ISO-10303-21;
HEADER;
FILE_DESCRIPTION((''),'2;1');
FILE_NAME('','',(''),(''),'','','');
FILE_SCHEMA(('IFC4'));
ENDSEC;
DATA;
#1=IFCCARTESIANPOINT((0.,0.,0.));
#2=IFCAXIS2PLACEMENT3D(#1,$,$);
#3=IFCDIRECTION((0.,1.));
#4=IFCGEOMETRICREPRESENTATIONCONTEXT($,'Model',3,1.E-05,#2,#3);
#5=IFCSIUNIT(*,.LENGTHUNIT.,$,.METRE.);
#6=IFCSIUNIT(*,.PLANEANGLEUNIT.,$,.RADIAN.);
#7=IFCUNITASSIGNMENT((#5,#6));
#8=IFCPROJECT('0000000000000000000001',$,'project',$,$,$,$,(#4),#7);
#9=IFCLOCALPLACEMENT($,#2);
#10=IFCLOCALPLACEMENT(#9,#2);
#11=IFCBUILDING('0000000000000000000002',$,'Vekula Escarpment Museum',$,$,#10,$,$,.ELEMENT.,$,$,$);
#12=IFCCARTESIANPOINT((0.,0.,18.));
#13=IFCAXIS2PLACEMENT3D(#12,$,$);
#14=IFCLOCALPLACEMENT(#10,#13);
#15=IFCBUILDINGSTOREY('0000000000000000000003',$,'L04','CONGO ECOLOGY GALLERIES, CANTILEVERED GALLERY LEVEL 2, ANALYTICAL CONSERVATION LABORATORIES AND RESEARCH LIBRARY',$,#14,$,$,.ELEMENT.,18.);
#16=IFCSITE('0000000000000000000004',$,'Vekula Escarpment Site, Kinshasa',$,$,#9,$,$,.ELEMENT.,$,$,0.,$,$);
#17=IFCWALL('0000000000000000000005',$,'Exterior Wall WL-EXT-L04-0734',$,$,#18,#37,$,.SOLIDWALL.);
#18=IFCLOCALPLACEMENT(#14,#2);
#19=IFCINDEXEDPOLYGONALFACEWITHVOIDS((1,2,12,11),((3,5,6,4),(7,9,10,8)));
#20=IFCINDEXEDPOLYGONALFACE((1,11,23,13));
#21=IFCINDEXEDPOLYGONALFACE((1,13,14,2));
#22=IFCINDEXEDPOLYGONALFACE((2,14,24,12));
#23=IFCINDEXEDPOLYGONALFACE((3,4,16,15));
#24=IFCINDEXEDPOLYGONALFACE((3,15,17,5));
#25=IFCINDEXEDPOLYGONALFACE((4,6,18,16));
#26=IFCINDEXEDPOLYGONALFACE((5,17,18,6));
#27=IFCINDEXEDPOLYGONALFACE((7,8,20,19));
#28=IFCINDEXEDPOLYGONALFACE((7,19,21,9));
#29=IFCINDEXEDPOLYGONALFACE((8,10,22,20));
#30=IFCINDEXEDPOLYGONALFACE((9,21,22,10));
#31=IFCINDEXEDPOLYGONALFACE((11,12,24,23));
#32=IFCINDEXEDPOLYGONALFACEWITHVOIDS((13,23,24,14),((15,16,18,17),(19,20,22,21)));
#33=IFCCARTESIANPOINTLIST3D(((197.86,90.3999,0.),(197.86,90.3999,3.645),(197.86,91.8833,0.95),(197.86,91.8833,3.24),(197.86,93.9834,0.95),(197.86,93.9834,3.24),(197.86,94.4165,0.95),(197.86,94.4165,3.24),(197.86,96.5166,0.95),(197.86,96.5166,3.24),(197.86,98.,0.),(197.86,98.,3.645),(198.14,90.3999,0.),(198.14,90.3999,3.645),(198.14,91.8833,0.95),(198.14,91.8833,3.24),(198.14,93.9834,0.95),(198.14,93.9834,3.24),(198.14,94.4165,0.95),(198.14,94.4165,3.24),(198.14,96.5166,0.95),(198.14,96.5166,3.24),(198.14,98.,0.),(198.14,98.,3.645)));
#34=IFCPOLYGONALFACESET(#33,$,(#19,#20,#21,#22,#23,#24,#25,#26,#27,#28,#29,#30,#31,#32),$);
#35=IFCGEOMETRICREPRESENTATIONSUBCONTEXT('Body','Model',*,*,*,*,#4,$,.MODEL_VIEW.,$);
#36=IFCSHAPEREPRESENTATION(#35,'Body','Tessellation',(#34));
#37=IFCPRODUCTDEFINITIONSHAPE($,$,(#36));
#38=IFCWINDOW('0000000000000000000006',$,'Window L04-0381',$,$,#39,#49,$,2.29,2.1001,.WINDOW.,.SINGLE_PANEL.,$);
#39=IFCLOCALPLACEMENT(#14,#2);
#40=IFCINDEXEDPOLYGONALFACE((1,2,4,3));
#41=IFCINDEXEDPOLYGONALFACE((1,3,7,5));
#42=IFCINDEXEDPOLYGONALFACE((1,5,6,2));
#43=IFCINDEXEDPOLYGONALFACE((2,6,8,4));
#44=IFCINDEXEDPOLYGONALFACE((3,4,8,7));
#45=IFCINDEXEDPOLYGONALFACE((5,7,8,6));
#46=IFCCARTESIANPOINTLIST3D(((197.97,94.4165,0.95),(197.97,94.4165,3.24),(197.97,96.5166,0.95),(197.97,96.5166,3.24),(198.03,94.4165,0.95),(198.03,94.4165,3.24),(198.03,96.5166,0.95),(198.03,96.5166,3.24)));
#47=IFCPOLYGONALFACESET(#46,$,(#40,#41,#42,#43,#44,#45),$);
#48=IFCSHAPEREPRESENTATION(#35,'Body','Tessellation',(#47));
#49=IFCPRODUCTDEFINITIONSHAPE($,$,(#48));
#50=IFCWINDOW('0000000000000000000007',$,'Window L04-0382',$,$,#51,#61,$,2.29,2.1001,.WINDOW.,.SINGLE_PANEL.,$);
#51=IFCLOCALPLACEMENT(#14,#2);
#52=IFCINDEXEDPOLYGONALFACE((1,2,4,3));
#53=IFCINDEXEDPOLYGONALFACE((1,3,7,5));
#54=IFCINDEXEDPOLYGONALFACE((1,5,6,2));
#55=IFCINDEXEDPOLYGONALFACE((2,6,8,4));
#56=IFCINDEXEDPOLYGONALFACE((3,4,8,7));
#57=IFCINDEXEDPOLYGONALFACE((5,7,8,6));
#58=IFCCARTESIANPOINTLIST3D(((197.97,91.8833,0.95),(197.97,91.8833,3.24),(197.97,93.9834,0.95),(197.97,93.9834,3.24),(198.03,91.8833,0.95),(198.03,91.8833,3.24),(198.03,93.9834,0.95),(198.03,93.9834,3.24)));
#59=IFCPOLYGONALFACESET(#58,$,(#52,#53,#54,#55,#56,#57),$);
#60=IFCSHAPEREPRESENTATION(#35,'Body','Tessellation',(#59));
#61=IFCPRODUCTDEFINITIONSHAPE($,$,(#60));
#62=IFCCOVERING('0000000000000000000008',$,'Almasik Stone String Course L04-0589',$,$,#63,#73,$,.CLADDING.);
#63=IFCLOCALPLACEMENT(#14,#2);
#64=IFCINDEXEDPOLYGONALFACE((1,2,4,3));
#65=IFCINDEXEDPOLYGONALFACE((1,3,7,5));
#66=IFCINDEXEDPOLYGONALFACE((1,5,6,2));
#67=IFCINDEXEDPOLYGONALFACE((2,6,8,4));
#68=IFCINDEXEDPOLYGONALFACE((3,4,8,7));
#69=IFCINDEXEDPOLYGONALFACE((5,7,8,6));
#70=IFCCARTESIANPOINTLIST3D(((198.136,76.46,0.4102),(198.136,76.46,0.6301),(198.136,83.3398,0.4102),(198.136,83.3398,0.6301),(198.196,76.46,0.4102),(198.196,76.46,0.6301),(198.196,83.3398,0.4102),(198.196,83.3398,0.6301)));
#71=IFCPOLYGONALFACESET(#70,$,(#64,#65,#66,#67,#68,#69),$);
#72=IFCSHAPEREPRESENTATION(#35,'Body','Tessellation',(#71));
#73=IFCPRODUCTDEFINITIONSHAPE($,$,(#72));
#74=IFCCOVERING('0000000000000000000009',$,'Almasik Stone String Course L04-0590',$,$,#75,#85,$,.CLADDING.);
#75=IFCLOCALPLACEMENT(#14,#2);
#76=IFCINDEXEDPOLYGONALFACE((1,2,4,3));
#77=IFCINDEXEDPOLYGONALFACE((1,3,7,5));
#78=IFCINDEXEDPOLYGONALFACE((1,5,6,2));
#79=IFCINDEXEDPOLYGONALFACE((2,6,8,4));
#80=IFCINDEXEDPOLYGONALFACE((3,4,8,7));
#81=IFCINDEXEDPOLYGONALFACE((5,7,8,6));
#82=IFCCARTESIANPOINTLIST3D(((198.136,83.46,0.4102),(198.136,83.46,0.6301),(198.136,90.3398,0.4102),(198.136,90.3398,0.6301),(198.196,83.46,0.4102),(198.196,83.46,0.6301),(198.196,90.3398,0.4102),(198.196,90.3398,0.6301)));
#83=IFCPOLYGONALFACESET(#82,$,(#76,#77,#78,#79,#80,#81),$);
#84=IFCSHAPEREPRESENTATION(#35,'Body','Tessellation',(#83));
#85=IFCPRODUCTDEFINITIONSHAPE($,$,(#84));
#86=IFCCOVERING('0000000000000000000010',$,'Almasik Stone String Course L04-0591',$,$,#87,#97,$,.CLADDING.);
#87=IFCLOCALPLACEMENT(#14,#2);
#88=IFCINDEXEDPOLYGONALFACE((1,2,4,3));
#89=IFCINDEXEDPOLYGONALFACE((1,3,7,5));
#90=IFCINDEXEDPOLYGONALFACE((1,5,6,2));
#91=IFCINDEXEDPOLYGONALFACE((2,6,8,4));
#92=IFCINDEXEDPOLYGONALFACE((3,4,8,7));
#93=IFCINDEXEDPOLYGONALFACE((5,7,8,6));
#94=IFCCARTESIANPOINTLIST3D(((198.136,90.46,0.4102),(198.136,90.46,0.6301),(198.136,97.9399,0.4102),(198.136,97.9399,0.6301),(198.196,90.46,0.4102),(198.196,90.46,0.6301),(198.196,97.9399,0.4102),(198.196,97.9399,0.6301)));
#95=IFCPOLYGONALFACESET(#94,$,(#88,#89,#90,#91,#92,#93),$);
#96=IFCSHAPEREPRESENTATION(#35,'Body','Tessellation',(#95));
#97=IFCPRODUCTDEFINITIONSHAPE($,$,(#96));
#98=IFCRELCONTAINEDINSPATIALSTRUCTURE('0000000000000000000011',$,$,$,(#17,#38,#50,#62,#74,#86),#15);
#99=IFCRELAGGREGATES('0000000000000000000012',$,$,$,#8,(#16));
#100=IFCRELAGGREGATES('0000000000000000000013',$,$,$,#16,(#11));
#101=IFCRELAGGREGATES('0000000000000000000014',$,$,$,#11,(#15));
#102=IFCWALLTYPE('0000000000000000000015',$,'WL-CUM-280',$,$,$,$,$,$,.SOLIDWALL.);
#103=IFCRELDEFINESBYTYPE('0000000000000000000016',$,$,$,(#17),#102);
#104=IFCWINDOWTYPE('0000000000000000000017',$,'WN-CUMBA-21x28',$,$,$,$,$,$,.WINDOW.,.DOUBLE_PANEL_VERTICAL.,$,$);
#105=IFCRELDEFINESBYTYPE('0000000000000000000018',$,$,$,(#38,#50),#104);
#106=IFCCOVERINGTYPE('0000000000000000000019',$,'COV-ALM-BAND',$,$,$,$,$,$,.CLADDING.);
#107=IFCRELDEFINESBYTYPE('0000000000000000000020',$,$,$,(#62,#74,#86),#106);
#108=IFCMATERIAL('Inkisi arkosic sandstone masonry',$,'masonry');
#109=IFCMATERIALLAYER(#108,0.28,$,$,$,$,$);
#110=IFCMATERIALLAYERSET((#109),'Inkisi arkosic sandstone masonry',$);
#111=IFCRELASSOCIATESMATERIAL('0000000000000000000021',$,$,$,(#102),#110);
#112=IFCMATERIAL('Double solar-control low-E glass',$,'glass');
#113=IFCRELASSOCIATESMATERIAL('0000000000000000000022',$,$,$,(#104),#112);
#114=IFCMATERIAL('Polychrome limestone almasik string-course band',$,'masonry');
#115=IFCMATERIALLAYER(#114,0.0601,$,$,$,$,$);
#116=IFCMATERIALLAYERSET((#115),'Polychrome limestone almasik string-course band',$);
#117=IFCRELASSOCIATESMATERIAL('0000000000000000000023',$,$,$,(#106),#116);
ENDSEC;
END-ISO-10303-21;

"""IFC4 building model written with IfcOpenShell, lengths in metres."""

from ifc_helpers import new_model, si_unit, direction, frame, frame_2d, origin, origin_2d, place, context, subcontext, project, spatial, rectangle, extrude, material, layer, layer_set, type_object, element, fill, save


model = new_model("IFC4")

# Units and contexts
model_context = context("Model", 3, precision=1e-05, world=origin(), true_north=direction((0.0, 1.0)))
body_context = subcontext(model_context, "Body", "Model", "MODEL_VIEW")
ifc_project = project(units=[si_unit("LENGTHUNIT", "METRE"), si_unit("PLANEANGLEUNIT", "RADIAN")], contexts=[model_context])

# Site, building, storey
site_placement = place(None, origin())
site = spatial("IfcSite", under=ifc_project, at=site_placement, Name="Vekula Escarpment Site, Kinshasa", CompositionType="ELEMENT", RefElevation=0.0)
building_placement = place(site_placement, origin())
building = spatial("IfcBuilding", under=site, at=building_placement, Name="Vekula Escarpment Museum", CompositionType="ELEMENT")
storey_placement = place(building_placement, frame((0.0, 0.0, 18.0)))
storey = spatial("IfcBuildingStorey", under=building, at=storey_placement, Name="L04", Description="CONGO ECOLOGY GALLERIES, CANTILEVERED GALLERY LEVEL 2, ANALYTICAL CONSERVATION LABORATORIES AND RESEARCH LIBRARY", CompositionType="ELEMENT", Elevation=18.0)

# Shared definitions
ifc_material_1 = material(Name="Inkisi arkosic sandstone masonry", Category="masonry")
ifc_layer_1 = layer(ifc_material_1, 0.28)
ifc_layer_set_1 = layer_set([ifc_layer_1], Name="Inkisi arkosic sandstone masonry")
wall_type_1 = type_object("IfcWallType", Name="WL-CUM-280", PredefinedType="SOLIDWALL", material=ifc_layer_set_1)
ifc_material_2 = material(Name="Double solar-control low-E glass", Category="glass")
window_type_1 = type_object("IfcWindowType", Name="WN-CUMBA-21x28", PartitioningType="DOUBLE_PANEL_VERTICAL", PredefinedType="WINDOW", material=ifc_material_2)

# Wall, openings, windows
wall_1_placement = place(storey_placement, frame((198.0, 98.0, 0.0), z_axis=(0.0, 0.0, 1.0), x_axis=(0.0, -1.0, 0.0)))
wall_1 = element("IfcWall", 1, at=wall_1_placement, inside=storey, type_object=wall_type_1, Name="Exterior Wall WL-EXT-L04-0734", PredefinedType="SOLIDWALL", context=body_context, shape_type="SweptSolid", body=[
    extrude(rectangle(XDim=7.6001, YDim=0.28, at=frame_2d((3.8, 0.0))), origin(), (0.0, 0.0, 1.0), 3.645),
])
opening_1_placement = place(wall_1_placement, frame((1.4834, 0.0, 0.95)))
opening_1 = element("IfcOpeningElement", 2, at=opening_1_placement, cuts=wall_1, PredefinedType="OPENING", context=body_context, shape_type="SweptSolid", body=[
    extrude(rectangle(XDim=2.1001, YDim=2.29, at=frame_2d((1.05, 1.145))), frame((0.0, 0.1499, 0.0), z_axis=(0.0, -1.0, 0.0), x_axis=(1.0, 0.0, 0.0)), (0.0, 0.0, 1.0), 0.3),
])
opening_2_placement = place(wall_1_placement, frame((4.0166, 0.0, 0.95)))
opening_2 = element("IfcOpeningElement", 3, at=opening_2_placement, cuts=wall_1, PredefinedType="OPENING", context=body_context, shape_type="SweptSolid", body=[
    extrude(rectangle(XDim=2.1001, YDim=2.29, at=frame_2d((1.05, 1.145))), frame((0.0, 0.1499, 0.0), z_axis=(0.0, -1.0, 0.0), x_axis=(1.0, 0.0, 0.0)), (0.0, 0.0, 1.0), 0.3),
])
window_1_placement = place(opening_1_placement, origin())
window_1 = element("IfcWindow", 4, at=window_1_placement, inside=storey, type_object=window_type_1, Name="Window L04-0381", OverallHeight=2.29, OverallWidth=2.1001, PartitioningType="SINGLE_PANEL", PredefinedType="WINDOW", context=body_context, shape_type="SweptSolid", body=[
    extrude(rectangle(XDim=2.1001, YDim=2.29, at=frame_2d((1.05, 1.145))), frame((0.0, 0.03, 0.0), z_axis=(0.0, -1.0, 0.0), x_axis=(1.0, 0.0, 0.0)), (0.0, 0.0, 1.0), 0.0601),
])
fill(opening_1, window_1)
window_2_placement = place(opening_2_placement, origin())
window_2 = element("IfcWindow", 5, at=window_2_placement, inside=storey, type_object=window_type_1, Name="Window L04-0382", OverallHeight=2.29, OverallWidth=2.1001, PartitioningType="SINGLE_PANEL", PredefinedType="WINDOW", context=body_context, shape_type="SweptSolid", body=[
    extrude(rectangle(XDim=2.1001, YDim=2.29, at=frame_2d((1.05, 1.145))), frame((0.0, 0.03, 0.0), z_axis=(0.0, -1.0, 0.0), x_axis=(1.0, 0.0, 0.0)), (0.0, 0.0, 1.0), 0.0601),
])
fill(opening_2, window_2)

# Coverings
ifc_material_3 = material(Name="Polychrome limestone almasik string-course band", Category="masonry")
ifc_layer_2 = layer(ifc_material_3, 0.0601)
ifc_layer_set_2 = layer_set([ifc_layer_2], Name="Polychrome limestone almasik string-course band")
covering_type = type_object("IfcCoveringType", Name="COV-ALM-BAND", PredefinedType="CLADDING", material=ifc_layer_set_2)
for number, where, z_axis, x_axis, name in (
    (6, (198.166, 79.8999, 0.4102), (0.0, 0.0, 1.0), (0.0, 1.0, 0.0), "Almasik Stone String Course L04-0589"),
    (7, (198.166, 86.8999, 0.4102), (0.0, 0.0, 1.0), (0.0, 1.0, 0.0), "Almasik Stone String Course L04-0590"),
):
    element("IfcCovering", number, at=place(storey_placement, frame(where, z_axis=z_axis, x_axis=x_axis)), inside=storey, type_object=covering_type, Name=name, PredefinedType="CLADDING", context=body_context, shape_type="SweptSolid", body=[
        extrude(rectangle(XDim=6.8799, YDim=0.0601, at=origin_2d()), origin(), (0.0, 0.0, 1.0), 0.22),
    ])
covering_placement = place(storey_placement, frame((198.166, 94.2, 0.4102), z_axis=(0.0, 0.0, 1.0), x_axis=(0.0, 1.0, 0.0)))
element("IfcCovering", 8, at=covering_placement, inside=storey, type_object=covering_type, Name="Almasik Stone String Course L04-0591", PredefinedType="CLADDING", context=body_context, shape_type="SweptSolid", body=[
    extrude(rectangle(XDim=7.48, YDim=0.0601, at=origin_2d()), origin(), (0.0, 0.0, 1.0), 0.22),
])

save(model, "model.ifc")
